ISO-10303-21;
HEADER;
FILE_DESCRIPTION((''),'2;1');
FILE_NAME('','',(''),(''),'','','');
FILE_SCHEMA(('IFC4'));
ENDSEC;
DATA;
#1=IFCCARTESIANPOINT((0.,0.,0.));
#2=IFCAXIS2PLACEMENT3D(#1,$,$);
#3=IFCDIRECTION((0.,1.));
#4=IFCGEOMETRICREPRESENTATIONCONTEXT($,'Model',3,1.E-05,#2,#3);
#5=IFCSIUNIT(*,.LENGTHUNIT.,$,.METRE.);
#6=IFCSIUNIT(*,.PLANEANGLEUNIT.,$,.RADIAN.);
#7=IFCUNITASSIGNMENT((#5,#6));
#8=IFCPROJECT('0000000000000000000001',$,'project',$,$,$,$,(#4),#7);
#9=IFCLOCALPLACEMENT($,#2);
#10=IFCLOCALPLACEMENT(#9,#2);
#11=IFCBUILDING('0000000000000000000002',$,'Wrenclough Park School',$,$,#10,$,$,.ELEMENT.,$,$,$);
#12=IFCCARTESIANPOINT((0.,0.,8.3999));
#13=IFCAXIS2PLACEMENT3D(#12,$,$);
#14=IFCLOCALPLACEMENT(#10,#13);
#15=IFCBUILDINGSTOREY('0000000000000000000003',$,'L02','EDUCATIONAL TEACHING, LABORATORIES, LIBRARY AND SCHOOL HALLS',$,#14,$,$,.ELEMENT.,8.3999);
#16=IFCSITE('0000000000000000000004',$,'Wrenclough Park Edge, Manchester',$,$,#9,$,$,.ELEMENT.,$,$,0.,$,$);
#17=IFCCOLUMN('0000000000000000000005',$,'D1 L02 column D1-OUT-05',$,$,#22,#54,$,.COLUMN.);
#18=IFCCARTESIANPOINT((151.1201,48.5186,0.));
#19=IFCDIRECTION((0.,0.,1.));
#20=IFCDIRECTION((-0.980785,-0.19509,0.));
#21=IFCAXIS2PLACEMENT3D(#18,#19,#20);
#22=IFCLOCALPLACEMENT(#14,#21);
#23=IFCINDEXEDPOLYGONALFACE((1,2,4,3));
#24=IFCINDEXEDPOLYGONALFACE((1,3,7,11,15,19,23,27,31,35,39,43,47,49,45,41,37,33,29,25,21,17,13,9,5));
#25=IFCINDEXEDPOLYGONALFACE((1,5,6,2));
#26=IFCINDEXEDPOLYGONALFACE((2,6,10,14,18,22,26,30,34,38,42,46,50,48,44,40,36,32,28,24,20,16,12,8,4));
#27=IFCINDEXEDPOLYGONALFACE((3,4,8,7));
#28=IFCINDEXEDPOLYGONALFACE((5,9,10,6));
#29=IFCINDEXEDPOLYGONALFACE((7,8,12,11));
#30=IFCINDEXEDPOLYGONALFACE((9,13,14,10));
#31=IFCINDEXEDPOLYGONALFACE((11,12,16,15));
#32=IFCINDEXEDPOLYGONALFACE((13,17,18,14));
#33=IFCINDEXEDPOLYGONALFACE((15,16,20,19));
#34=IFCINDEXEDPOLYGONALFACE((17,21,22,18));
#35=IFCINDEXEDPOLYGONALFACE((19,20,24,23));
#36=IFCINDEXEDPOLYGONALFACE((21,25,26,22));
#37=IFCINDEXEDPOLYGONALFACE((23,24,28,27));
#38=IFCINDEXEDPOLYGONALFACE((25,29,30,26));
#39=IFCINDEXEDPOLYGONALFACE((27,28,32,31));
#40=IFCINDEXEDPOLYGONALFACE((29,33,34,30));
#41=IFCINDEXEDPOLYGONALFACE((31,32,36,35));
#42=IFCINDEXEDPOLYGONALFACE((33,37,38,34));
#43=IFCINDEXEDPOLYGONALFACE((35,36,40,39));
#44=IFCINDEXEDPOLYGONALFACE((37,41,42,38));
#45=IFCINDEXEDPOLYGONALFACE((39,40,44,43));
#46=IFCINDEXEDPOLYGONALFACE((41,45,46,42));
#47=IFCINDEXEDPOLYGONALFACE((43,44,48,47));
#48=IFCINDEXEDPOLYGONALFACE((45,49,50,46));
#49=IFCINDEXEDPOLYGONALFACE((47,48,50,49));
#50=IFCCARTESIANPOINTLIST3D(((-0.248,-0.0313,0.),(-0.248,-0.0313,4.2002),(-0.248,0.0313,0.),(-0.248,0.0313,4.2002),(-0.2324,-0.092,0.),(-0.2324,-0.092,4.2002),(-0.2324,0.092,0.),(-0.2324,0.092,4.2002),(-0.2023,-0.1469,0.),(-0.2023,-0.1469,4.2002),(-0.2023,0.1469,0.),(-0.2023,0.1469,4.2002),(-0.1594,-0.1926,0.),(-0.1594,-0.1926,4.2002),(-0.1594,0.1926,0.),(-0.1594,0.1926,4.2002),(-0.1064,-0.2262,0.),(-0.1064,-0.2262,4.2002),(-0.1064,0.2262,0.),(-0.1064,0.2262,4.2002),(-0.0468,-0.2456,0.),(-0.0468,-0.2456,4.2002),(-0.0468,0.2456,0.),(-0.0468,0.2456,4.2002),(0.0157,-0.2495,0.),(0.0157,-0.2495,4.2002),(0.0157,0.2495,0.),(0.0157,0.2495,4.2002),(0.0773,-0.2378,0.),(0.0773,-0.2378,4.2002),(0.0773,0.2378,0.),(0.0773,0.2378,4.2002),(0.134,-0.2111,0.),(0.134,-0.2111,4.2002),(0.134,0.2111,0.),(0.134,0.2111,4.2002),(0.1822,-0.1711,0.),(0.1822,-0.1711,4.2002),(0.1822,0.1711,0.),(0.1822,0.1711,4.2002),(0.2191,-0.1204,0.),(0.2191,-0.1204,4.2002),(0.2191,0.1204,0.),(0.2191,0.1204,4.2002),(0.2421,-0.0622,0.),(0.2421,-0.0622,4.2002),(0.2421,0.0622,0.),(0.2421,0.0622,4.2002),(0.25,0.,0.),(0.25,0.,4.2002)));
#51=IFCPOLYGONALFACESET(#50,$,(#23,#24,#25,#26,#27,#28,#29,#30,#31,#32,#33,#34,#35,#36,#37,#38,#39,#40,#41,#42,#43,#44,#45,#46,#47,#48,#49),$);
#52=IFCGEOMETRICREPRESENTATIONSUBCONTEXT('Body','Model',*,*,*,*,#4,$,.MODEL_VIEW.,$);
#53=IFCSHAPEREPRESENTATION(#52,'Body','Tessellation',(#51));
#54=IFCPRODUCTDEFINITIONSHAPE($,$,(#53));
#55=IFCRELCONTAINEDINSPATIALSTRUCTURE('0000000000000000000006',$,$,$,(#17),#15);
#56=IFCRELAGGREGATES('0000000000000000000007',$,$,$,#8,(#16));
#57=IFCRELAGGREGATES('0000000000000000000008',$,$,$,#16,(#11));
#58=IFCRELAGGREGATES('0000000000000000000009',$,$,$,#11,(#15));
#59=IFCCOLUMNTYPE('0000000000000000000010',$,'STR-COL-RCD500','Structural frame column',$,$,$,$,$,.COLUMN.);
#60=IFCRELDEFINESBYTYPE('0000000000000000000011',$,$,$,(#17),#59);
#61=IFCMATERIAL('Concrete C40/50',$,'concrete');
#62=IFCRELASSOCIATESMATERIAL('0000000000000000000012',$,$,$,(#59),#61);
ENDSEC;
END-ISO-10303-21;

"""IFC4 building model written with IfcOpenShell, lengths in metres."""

from ifc_helpers import new_model, si_unit, direction, frame, origin, origin_2d, place, context, subcontext, project, spatial, circle, extrude, material, material_profile, profile_set, type_object, element, save


model = new_model("IFC4")

# Units and contexts
model_context = context("Model", 3, precision=1e-05, world=origin(), true_north=direction((0.0, 1.0)))
body_context = subcontext(model_context, "Body", "Model", "MODEL_VIEW")
ifc_project = project(units=[si_unit("LENGTHUNIT", "METRE"), si_unit("PLANEANGLEUNIT", "RADIAN")], contexts=[model_context])

# Site, building, storey
site_placement = place(None, origin())
site = spatial("IfcSite", under=ifc_project, at=site_placement, Name="Wrenclough Park Edge, Manchester", CompositionType="ELEMENT", RefElevation=0.0)
building_placement = place(site_placement, origin())
building = spatial("IfcBuilding", under=site, at=building_placement, Name="Wrenclough Park School", CompositionType="ELEMENT")
storey_placement = place(building_placement, frame((0.0, 0.0, 8.3999)))
storey = spatial("IfcBuildingStorey", under=building, at=storey_placement, Name="L02", Description="EDUCATIONAL TEACHING, LABORATORIES, LIBRARY AND SCHOOL HALLS", CompositionType="ELEMENT", Elevation=8.3999)

# Column
ifc_material_1 = material(Name="Concrete C40/50", Category="concrete")
ifc_material_profile_1 = material_profile(ifc_material_1, circle(Radius=0.25, at=origin_2d()), Name="RC COL D500")
ifc_profile_set_1 = profile_set([ifc_material_profile_1], Name="Concrete C40/50")
column_type_1 = type_object("IfcColumnType", Name="STR-COL-RCD500", Description="Structural frame column", PredefinedType="COLUMN", material=ifc_profile_set_1)
for number, where, z_axis, x_axis, name in (
    (1, (151.1201, 48.5186, 0.0), (0.0, 0.0, 1.0), (-0.980785, -0.19509, 0.0), "D1 L02 column D1-OUT-05"),
):
    element("IfcColumn", number, at=place(storey_placement, frame(where, z_axis=z_axis, x_axis=x_axis)), inside=storey, type_object=column_type_1, Name=name, PredefinedType="COLUMN", context=body_context, shape_type="SweptSolid", body=[
        extrude(circle(Radius=0.25, at=origin_2d()), origin(), (0.0, 0.0, 1.0), 4.2002),
    ])

save(model, "model.ifc")
